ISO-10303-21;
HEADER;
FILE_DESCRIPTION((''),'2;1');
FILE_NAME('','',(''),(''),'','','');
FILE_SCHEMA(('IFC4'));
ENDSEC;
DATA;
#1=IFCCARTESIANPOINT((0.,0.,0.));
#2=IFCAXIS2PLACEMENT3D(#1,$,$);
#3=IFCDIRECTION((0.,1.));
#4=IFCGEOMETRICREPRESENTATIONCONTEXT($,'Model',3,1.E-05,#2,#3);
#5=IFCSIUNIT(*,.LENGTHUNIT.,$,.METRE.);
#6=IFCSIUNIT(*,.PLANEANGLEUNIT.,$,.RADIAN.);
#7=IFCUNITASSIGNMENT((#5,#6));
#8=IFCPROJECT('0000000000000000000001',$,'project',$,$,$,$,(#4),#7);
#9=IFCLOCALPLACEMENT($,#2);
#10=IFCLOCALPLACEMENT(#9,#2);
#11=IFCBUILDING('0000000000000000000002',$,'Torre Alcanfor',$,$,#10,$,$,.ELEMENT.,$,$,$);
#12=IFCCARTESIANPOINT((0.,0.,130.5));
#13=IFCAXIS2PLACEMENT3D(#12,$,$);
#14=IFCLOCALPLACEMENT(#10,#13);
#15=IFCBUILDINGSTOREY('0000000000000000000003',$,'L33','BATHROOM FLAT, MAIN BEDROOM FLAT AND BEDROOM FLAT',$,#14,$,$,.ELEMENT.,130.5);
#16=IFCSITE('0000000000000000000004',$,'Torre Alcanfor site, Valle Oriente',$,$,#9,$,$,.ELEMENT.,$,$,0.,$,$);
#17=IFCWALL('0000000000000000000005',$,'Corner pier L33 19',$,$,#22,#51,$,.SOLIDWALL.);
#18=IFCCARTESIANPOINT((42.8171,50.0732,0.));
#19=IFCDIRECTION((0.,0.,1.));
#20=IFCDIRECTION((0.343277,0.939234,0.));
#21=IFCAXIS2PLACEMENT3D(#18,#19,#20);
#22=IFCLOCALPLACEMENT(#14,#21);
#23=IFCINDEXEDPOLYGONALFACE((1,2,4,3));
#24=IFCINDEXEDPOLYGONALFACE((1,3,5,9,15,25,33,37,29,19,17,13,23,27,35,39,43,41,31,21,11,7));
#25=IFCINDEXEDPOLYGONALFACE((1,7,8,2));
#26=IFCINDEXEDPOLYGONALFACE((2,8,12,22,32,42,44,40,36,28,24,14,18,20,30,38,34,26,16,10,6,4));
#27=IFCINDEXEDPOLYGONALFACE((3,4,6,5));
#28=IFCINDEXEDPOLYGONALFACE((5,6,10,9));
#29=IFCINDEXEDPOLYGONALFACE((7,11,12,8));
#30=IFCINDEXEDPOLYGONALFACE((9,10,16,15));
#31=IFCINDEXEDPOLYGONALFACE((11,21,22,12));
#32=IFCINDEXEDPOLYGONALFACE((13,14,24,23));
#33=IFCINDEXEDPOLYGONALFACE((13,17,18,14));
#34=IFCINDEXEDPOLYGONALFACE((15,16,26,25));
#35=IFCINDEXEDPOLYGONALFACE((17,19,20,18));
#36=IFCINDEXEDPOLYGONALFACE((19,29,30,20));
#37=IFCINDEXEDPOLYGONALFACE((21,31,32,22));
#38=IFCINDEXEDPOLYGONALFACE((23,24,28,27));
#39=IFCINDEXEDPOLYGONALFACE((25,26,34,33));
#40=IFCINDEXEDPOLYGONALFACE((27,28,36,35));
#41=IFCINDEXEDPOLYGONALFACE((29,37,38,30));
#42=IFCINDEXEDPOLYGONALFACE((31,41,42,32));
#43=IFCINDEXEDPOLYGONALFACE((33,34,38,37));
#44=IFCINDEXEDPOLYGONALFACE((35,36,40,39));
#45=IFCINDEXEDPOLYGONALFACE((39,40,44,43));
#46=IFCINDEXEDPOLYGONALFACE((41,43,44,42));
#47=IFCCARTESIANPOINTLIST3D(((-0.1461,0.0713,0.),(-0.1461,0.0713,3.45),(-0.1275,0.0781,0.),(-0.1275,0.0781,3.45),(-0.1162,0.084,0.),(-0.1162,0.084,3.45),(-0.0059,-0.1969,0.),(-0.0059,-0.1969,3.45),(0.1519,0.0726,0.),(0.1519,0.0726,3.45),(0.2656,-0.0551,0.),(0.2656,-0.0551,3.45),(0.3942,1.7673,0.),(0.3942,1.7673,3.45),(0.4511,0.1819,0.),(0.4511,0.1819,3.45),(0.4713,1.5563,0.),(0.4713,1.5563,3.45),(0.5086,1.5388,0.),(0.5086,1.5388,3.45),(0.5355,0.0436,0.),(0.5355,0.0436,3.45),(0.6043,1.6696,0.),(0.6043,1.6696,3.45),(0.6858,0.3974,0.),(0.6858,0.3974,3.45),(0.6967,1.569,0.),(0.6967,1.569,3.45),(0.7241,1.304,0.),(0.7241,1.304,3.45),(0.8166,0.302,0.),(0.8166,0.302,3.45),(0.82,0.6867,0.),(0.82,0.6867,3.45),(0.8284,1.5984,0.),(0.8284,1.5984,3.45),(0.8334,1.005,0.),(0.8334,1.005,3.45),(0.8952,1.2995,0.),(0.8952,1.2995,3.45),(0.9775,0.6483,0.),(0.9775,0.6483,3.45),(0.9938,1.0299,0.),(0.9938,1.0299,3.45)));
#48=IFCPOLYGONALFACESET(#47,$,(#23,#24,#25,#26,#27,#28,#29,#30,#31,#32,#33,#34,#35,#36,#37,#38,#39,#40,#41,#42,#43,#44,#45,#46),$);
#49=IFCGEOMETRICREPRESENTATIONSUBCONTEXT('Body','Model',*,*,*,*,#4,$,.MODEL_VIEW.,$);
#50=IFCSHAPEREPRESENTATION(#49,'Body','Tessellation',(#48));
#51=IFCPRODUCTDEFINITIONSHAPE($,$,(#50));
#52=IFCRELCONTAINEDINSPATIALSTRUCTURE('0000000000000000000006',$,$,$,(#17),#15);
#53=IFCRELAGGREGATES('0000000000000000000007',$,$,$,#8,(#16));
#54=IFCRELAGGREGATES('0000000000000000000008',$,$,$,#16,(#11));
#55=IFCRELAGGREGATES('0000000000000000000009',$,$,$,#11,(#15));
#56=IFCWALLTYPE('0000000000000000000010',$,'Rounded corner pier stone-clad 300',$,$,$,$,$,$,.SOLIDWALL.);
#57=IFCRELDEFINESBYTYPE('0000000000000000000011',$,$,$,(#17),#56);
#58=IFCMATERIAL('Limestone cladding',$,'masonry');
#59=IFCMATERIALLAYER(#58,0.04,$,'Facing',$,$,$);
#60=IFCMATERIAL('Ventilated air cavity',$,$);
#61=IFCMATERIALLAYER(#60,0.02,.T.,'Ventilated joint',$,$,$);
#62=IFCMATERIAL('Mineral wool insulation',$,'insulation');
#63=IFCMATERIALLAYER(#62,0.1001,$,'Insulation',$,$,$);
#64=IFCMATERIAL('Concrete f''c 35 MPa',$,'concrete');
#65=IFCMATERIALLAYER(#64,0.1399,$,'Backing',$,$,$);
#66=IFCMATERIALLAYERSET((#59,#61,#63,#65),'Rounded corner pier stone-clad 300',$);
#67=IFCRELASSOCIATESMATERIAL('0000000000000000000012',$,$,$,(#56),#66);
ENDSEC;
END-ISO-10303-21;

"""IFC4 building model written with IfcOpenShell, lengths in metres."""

from ifc_helpers import new_model, si_unit, direction, frame, origin, place, context, subcontext, project, spatial, polyline, outline, extrude, material, layer, layer_set, type_object, element, save


model = new_model("IFC4")

# Units and contexts
model_context = context("Model", 3, precision=1e-05, world=origin(), true_north=direction((0.0, 1.0)))
body_context = subcontext(model_context, "Body", "Model", "MODEL_VIEW")
ifc_project = project(units=[si_unit("LENGTHUNIT", "METRE"), si_unit("PLANEANGLEUNIT", "RADIAN")], contexts=[model_context])

# Site, building, storey
site_placement = place(None, origin())
site = spatial("IfcSite", under=ifc_project, at=site_placement, Name="Torre Alcanfor site, Valle Oriente", CompositionType="ELEMENT", RefElevation=0.0)
building_placement = place(site_placement, origin())
building = spatial("IfcBuilding", under=site, at=building_placement, Name="Torre Alcanfor", CompositionType="ELEMENT")
storey_placement = place(building_placement, frame((0.0, 0.0, 130.5)))
storey = spatial("IfcBuildingStorey", under=building, at=storey_placement, Name="L33", Description="BATHROOM FLAT, MAIN BEDROOM FLAT AND BEDROOM FLAT", CompositionType="ELEMENT", Elevation=130.5)

# Shared definitions
ifc_material_1 = material(Name="Limestone cladding", Category="masonry")
ifc_material_2 = material(Name="Ventilated air cavity")
ifc_material_3 = material(Name="Mineral wool insulation", Category="insulation")
ifc_material_4 = material(Name="Concrete f'c 35 MPa", Category="concrete")

# Wall
ifc_layer_1 = layer(ifc_material_1, 0.04, Name="Facing")
ifc_layer_2 = layer(ifc_material_2, 0.02, ventilated=True, Name="Ventilated joint")
ifc_layer_3 = layer(ifc_material_3, 0.1001, Name="Insulation")
ifc_layer_4 = layer(ifc_material_4, 0.1399, Name="Backing")
ifc_layer_set_1 = layer_set([ifc_layer_1, ifc_layer_2, ifc_layer_3, ifc_layer_4], Name="Rounded corner pier stone-clad 300")
wall_type_1 = type_object("IfcWallType", Name="Rounded corner pier stone-clad 300", PredefinedType="SOLIDWALL", material=ifc_layer_set_1)
wall_1_placement = place(storey_placement, frame((42.8171, 50.0732, 0.0), z_axis=(0.0, 0.0, 1.0), x_axis=(0.343277, 0.939234, 0.0)))
element("IfcWall", 1, at=wall_1_placement, inside=storey, type_object=wall_type_1, Name="Corner pier L33 19", PredefinedType="SOLIDWALL", context=body_context, shape_type="SweptSolid", body=[
    extrude(outline(polyline([(0.2656, -0.0551), (0.5355, 0.0436), (0.8166, 0.302), (0.9775, 0.6483), (0.9938, 1.0299), (0.8952, 1.2995), (0.8284, 1.5984), (0.6967, 1.569), (0.6043, 1.6696), (0.3942, 1.7673), (0.4713, 1.5563), (0.5086, 1.5388), (0.7241, 1.304), (0.8334, 1.005), (0.82, 0.6867), (0.6858, 0.3974), (0.4511, 0.1819), (0.1519, 0.0726), (-0.1162, 0.084), (-0.1275, 0.0781), (-0.1461, 0.0713), (-0.0059, -0.1969), (0.2656, -0.0551)])), origin(), (0.0, 0.0, 1.0), 3.45),
])

save(model, "model.ifc")
